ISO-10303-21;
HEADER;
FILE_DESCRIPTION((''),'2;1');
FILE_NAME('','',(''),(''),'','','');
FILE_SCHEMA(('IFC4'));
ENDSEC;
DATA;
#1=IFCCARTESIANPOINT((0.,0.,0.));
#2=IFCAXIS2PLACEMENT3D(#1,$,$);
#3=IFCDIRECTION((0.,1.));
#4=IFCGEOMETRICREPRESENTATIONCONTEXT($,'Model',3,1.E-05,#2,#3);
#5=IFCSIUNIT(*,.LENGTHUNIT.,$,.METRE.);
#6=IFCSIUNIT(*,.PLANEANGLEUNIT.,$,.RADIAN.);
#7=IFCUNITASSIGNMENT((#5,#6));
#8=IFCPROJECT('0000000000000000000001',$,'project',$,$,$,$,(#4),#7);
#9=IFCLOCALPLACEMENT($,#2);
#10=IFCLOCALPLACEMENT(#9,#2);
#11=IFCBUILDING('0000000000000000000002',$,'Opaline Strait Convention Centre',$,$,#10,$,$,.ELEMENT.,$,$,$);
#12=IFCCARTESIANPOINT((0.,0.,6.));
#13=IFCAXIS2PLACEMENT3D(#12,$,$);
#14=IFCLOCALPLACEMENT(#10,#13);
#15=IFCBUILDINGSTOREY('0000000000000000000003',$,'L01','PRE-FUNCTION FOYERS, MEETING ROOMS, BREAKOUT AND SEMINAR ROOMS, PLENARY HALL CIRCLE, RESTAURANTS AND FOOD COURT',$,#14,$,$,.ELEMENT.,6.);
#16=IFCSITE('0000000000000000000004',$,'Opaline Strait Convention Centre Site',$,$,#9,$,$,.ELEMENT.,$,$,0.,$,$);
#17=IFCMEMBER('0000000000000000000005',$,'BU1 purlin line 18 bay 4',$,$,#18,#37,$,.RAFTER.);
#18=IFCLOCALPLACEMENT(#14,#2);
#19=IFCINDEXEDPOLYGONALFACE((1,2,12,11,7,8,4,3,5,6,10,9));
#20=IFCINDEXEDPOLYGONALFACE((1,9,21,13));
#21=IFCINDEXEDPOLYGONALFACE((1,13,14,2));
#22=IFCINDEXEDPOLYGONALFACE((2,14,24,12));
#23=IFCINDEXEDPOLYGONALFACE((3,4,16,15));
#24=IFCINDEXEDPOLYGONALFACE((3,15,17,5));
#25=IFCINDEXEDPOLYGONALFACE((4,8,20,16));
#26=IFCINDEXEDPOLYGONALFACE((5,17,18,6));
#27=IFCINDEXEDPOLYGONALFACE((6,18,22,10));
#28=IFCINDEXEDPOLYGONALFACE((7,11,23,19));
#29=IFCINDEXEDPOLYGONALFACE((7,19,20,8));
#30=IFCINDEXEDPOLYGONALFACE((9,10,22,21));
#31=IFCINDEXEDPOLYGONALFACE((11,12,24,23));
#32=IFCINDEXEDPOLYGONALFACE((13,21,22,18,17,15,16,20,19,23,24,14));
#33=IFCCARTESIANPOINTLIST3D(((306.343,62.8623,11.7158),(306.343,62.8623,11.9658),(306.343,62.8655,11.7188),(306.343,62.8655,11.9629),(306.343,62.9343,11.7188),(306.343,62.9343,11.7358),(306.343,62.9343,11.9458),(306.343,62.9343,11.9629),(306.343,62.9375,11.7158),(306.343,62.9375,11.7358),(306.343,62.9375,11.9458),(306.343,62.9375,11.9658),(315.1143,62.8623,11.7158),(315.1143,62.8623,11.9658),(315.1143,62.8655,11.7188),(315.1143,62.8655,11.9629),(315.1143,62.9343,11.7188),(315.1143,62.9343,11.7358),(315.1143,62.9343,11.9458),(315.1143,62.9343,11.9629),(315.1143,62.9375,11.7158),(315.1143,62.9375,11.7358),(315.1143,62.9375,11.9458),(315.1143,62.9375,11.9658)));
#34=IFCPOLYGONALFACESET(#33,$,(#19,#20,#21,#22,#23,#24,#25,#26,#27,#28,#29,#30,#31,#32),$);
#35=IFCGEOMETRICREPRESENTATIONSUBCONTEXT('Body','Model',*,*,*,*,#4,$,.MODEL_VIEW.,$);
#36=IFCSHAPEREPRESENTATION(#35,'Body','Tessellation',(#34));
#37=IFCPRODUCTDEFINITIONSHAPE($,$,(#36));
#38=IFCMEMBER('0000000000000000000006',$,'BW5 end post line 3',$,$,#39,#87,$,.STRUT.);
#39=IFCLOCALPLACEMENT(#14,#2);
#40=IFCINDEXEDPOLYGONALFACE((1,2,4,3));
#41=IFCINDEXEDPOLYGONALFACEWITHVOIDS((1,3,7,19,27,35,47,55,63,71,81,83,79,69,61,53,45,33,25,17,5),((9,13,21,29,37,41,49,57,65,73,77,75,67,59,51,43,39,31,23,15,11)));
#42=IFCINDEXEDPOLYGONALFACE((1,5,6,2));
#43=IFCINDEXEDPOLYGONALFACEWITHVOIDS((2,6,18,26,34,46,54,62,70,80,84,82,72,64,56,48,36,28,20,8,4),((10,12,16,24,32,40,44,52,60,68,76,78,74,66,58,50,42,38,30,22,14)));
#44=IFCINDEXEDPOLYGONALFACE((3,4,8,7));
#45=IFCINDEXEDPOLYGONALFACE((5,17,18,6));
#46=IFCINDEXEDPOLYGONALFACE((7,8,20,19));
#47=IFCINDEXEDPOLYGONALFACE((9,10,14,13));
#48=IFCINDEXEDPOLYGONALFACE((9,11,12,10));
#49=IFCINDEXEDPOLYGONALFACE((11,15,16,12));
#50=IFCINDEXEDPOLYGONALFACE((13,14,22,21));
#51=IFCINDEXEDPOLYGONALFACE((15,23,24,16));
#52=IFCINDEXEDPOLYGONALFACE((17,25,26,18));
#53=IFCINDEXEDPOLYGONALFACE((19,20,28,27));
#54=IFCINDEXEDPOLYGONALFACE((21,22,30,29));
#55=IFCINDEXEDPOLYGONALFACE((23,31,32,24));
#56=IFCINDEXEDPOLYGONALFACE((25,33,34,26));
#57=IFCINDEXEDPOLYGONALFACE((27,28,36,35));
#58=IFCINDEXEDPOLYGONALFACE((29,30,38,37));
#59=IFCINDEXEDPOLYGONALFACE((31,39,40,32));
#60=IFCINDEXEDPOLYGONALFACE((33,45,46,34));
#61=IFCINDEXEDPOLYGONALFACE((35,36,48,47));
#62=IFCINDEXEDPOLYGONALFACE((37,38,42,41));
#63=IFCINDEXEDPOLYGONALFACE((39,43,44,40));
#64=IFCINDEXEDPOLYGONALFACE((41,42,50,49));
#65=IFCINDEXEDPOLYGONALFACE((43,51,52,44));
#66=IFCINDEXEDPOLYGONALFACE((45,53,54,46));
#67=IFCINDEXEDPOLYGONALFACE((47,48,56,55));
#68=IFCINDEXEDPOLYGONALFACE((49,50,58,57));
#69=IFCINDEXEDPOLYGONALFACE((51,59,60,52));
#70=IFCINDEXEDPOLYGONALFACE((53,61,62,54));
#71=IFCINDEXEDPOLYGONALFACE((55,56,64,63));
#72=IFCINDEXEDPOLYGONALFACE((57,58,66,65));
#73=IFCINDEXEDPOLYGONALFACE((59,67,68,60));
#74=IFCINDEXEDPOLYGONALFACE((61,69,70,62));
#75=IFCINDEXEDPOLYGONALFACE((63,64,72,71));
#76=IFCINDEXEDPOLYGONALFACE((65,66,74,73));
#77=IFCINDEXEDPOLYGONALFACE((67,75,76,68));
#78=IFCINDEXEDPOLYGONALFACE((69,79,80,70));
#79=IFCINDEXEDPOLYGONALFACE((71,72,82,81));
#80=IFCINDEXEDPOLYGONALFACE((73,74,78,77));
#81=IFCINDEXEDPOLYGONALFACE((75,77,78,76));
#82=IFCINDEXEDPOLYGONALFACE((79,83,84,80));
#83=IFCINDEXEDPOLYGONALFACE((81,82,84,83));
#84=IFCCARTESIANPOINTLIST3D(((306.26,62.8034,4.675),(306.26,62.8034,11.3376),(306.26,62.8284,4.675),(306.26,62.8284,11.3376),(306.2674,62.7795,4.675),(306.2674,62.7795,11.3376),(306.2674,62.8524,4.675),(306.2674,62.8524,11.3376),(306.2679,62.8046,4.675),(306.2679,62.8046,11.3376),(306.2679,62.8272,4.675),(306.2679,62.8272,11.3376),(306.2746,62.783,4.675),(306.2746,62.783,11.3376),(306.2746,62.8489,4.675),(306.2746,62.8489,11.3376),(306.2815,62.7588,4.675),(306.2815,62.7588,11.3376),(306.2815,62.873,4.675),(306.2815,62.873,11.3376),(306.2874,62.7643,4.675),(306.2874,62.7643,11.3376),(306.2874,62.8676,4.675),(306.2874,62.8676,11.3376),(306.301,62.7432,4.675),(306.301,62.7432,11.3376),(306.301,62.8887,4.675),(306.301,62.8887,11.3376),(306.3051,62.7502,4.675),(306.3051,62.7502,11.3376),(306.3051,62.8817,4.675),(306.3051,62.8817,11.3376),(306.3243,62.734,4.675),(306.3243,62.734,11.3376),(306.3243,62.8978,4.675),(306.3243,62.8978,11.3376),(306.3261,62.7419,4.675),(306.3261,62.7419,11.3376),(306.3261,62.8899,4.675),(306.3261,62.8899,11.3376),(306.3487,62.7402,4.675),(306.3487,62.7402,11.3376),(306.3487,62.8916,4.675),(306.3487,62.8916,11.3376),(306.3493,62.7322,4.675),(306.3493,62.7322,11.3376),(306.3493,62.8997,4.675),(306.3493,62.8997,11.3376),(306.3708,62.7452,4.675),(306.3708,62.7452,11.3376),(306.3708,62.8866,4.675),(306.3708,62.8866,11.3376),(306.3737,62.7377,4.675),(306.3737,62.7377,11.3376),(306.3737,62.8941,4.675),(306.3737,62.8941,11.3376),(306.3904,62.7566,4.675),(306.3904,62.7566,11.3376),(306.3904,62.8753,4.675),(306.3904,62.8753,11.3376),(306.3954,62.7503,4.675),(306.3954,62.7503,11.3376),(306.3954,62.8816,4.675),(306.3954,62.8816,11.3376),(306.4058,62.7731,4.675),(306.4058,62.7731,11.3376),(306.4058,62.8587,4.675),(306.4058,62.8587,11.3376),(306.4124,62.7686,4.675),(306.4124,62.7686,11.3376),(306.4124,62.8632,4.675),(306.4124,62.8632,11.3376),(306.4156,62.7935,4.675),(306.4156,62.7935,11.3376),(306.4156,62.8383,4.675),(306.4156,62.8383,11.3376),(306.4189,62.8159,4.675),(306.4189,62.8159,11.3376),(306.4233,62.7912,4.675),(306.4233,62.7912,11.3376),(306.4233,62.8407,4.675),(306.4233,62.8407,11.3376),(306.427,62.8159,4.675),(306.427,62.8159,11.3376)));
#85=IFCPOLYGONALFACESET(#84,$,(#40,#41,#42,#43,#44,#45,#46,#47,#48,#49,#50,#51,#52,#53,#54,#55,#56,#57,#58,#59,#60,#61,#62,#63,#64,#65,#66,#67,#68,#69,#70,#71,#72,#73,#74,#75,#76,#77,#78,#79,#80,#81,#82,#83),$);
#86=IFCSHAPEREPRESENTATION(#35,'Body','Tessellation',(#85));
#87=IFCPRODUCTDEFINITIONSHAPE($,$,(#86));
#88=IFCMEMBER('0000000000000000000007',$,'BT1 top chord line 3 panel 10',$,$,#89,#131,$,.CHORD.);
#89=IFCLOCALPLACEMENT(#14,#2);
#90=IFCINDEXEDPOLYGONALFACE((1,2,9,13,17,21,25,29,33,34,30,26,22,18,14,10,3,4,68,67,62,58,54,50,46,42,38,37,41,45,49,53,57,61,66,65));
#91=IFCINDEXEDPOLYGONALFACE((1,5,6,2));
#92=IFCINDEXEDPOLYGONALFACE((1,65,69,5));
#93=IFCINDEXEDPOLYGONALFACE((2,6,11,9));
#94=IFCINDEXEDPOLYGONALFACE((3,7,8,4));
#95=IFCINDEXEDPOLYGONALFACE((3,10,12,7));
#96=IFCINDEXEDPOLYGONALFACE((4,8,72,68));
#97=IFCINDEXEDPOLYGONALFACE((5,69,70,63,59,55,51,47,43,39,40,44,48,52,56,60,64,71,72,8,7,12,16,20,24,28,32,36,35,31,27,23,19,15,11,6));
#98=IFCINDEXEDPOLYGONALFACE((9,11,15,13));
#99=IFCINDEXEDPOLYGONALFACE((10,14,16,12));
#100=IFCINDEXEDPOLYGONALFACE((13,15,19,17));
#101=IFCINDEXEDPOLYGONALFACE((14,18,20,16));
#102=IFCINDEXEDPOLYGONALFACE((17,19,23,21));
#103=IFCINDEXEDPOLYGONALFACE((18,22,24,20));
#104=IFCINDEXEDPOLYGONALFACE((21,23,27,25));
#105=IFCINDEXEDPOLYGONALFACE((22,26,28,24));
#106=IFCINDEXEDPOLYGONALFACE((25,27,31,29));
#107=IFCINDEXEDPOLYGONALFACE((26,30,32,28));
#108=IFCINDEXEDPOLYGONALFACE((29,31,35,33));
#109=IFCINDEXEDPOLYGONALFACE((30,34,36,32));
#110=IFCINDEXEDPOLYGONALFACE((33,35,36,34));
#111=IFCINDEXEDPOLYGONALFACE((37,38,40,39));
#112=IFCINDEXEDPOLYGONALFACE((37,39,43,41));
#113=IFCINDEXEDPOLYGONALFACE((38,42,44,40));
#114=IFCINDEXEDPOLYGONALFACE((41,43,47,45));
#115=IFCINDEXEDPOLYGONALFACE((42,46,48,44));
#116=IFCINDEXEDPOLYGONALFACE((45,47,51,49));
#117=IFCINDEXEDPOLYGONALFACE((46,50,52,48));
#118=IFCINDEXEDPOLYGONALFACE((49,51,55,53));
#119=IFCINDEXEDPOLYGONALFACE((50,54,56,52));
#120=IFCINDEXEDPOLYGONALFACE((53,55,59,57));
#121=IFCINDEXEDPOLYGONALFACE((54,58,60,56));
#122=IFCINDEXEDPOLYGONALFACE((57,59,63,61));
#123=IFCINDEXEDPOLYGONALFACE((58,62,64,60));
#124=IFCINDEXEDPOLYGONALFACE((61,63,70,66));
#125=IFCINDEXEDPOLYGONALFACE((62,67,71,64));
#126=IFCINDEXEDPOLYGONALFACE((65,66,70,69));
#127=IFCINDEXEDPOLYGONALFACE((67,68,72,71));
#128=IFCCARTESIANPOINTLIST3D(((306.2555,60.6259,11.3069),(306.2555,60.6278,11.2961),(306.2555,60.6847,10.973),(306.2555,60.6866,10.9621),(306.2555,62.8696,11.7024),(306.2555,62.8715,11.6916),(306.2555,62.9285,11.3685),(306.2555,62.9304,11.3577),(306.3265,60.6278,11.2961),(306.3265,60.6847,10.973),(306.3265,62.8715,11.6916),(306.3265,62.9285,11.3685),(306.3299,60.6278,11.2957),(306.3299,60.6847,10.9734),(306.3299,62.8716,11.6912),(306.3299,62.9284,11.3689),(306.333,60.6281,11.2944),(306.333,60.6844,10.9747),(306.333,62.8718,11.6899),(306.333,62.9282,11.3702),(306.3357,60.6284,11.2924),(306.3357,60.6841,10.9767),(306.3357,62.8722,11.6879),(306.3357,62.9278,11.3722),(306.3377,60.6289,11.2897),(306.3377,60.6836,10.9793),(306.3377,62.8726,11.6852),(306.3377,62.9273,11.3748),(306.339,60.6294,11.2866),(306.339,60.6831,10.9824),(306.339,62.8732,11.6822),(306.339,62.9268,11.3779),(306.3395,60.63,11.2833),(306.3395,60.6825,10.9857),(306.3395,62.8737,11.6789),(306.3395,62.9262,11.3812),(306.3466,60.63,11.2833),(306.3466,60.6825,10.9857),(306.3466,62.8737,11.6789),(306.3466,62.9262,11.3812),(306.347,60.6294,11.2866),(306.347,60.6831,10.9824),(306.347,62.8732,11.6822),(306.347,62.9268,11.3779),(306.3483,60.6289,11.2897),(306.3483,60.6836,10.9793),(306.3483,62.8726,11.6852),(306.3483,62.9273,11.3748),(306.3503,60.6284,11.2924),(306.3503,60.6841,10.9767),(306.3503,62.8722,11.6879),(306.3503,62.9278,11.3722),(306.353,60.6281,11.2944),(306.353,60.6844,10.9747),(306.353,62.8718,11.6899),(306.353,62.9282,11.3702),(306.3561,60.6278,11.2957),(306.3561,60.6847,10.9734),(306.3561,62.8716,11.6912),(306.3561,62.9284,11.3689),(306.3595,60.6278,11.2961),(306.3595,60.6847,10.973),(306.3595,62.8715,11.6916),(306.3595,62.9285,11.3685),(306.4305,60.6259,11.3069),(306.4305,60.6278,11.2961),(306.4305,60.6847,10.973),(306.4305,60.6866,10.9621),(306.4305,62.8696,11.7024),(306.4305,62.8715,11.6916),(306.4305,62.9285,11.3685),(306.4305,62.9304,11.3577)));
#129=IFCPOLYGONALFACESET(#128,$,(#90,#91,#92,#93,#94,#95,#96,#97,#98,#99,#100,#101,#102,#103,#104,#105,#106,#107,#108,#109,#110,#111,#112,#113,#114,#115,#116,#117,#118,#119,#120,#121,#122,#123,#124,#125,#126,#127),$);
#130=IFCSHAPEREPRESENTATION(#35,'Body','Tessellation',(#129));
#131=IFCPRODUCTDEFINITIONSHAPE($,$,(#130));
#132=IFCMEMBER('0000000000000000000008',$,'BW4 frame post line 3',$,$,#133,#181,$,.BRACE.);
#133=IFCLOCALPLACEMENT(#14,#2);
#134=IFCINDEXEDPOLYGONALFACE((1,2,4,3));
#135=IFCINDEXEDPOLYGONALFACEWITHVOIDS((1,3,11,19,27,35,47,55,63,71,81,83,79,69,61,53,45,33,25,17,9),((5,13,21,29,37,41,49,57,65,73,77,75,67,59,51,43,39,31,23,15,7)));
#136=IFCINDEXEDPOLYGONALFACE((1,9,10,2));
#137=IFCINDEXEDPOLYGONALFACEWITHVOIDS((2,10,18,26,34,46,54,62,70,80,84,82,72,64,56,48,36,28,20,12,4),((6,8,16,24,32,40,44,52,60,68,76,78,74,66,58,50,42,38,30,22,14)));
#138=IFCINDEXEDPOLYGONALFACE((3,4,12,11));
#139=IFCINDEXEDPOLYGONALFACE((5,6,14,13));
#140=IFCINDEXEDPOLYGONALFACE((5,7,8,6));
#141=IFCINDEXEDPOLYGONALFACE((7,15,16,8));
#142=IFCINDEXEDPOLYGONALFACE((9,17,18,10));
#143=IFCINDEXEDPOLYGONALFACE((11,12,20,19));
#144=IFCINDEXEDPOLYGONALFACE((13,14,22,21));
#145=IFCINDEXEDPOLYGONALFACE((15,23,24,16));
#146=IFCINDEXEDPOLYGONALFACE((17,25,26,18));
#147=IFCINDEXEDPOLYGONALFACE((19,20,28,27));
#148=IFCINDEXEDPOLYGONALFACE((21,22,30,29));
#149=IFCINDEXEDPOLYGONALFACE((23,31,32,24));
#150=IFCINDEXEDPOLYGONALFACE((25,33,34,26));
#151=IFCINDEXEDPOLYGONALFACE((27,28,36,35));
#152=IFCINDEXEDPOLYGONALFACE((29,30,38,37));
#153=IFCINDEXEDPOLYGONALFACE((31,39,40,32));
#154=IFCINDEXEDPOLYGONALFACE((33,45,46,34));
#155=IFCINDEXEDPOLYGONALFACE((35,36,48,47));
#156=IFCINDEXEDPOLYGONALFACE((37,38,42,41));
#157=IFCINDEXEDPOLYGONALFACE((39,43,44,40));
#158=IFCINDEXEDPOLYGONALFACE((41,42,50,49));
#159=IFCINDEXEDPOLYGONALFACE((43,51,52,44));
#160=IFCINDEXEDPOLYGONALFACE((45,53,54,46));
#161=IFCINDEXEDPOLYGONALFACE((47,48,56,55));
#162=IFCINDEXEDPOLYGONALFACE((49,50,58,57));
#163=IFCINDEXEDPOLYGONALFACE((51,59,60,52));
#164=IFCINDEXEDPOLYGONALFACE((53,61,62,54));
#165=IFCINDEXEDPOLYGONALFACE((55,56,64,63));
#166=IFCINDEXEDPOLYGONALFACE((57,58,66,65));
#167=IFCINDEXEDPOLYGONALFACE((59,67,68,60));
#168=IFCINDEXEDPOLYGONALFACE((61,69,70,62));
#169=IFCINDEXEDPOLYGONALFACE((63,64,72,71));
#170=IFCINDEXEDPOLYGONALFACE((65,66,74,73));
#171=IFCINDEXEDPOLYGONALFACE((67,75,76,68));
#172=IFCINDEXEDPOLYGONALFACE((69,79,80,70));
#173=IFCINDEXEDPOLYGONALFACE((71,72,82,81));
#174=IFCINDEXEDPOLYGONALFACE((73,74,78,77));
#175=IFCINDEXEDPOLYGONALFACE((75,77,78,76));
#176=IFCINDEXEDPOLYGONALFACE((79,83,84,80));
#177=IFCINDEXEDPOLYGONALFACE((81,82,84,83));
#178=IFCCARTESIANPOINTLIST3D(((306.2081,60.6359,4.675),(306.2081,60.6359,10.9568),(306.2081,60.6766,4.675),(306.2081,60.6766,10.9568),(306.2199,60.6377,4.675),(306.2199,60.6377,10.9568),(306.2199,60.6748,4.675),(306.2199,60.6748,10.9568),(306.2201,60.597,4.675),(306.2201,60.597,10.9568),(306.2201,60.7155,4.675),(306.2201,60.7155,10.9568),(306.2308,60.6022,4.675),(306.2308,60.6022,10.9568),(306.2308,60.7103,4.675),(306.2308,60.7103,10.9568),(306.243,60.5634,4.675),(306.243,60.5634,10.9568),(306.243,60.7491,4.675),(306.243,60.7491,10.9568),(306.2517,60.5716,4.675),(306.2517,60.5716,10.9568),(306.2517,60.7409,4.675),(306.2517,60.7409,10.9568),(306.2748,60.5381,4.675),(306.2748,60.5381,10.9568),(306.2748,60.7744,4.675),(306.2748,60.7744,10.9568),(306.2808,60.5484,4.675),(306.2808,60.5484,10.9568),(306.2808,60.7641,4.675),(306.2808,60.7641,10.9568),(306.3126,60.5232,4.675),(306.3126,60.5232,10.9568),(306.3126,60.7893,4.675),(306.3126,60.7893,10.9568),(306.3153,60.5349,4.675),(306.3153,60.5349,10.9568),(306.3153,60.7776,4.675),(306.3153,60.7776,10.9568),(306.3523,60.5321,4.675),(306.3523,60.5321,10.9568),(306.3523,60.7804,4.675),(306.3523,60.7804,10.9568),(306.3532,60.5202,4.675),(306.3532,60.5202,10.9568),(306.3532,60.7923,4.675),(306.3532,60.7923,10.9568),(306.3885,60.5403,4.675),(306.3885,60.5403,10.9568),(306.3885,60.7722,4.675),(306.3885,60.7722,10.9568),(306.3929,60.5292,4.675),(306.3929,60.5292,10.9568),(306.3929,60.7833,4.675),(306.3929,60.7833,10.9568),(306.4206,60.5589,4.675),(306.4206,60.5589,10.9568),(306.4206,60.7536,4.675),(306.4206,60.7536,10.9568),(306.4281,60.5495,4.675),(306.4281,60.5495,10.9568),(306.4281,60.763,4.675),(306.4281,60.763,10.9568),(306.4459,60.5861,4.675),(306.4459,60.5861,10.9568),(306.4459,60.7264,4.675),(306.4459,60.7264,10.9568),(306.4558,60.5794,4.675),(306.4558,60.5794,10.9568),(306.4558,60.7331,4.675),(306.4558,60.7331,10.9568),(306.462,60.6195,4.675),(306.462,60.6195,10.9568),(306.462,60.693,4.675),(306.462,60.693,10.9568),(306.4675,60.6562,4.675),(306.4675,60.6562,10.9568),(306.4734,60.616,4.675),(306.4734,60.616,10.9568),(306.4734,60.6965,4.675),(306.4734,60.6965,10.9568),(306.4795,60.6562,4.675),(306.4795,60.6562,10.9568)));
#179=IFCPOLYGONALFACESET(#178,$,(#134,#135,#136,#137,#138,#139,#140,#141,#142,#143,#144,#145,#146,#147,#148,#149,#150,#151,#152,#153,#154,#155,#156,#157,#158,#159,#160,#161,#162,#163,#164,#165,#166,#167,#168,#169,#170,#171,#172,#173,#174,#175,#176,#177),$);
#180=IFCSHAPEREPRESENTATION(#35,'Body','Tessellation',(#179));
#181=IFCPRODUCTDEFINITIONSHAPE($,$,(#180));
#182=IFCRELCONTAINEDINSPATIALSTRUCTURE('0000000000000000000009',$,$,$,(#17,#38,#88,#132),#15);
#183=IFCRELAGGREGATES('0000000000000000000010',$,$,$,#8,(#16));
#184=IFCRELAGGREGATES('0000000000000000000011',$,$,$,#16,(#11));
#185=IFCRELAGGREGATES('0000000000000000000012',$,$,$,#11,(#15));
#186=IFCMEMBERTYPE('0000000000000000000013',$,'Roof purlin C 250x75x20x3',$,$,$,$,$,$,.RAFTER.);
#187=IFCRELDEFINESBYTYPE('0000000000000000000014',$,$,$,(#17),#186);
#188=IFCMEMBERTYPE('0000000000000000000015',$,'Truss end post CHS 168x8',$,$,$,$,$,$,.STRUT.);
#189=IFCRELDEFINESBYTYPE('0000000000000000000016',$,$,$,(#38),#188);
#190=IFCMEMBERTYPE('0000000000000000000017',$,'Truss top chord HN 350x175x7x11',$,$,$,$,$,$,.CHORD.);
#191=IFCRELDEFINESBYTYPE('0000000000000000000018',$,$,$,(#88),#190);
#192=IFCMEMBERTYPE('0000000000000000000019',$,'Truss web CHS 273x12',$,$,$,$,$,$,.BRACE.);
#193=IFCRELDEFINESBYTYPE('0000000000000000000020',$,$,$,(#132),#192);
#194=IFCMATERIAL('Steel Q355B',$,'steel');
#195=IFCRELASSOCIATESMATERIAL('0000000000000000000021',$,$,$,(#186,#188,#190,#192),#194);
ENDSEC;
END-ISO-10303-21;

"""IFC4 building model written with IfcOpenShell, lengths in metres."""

from ifc_helpers import new_model, si_unit, direction, frame, origin, origin_2d, place, context, subcontext, project, spatial, polyline, hollow_circle, i_section, outline, extrude, material, material_profile, profile_set, type_object, element, save


model = new_model("IFC4")

# Units and contexts
model_context = context("Model", 3, precision=1e-05, world=origin(), true_north=direction((0.0, 1.0)))
body_context = subcontext(model_context, "Body", "Model", "MODEL_VIEW")
ifc_project = project(units=[si_unit("LENGTHUNIT", "METRE"), si_unit("PLANEANGLEUNIT", "RADIAN")], contexts=[model_context])

# Site, building, storey
site_placement = place(None, origin())
site = spatial("IfcSite", under=ifc_project, at=site_placement, Name="Opaline Strait Convention Centre Site", CompositionType="ELEMENT", RefElevation=0.0)
building_placement = place(site_placement, origin())
building = spatial("IfcBuilding", under=site, at=building_placement, Name="Opaline Strait Convention Centre", CompositionType="ELEMENT")
storey_placement = place(building_placement, frame((0.0, 0.0, 6.0)))
storey = spatial("IfcBuildingStorey", under=building, at=storey_placement, Name="L01", Description="PRE-FUNCTION FOYERS, MEETING ROOMS, BREAKOUT AND SEMINAR ROOMS, PLENARY HALL CIRCLE, RESTAURANTS AND FOOD COURT", CompositionType="ELEMENT", Elevation=6.0)

# Members
ifc_material_1 = material(Name="Steel Q355B", Category="steel")
ifc_material_profile_1 = material_profile(ifc_material_1, outline(polyline([(-0.0376, -0.125), (0.0376, -0.125), (0.0376, -0.105), (0.0344, -0.105), (0.0344, -0.1221), (-0.0344, -0.1221), (-0.0344, 0.1221), (0.0344, 0.1221), (0.0344, 0.105), (0.0376, 0.105), (0.0376, 0.125), (-0.0376, 0.125), (-0.0376, -0.125)])), Name="C 250x75x20x3")
ifc_profile_set_1 = profile_set([ifc_material_profile_1], Name="Steel Q355B")
member_type_1 = type_object("IfcMemberType", Name="Roof purlin C 250x75x20x3", PredefinedType="RAFTER", material=ifc_profile_set_1)
for number, where, z_axis, x_axis, name in (
    (1, (306.343, 62.8999, 11.8408), (1.0, 0.0, 0.0), (0.0, 1.0, 0.0), "BU1 purlin line 18 bay 4"),
):
    element("IfcMember", number, at=place(storey_placement, frame(where, z_axis=z_axis, x_axis=x_axis)), inside=storey, type_object=member_type_1, Name=name, PredefinedType="RAFTER", context=body_context, shape_type="SweptSolid", body=[
        extrude(outline(polyline([(-0.0376, -0.125), (0.0376, -0.125), (0.0376, -0.105), (0.0344, -0.105), (0.0344, -0.1221), (-0.0344, -0.1221), (-0.0344, 0.1221), (0.0344, 0.1221), (0.0344, 0.105), (0.0376, 0.105), (0.0376, 0.125), (-0.0376, 0.125), (-0.0376, -0.125)])), origin(), (0.0, 0.0, 1.0), 8.7712),
    ])
ifc_material_profile_2 = material_profile(ifc_material_1, hollow_circle(Radius=0.084, WallThickness=0.0081, at=origin_2d()), Name="CHS 168x8")
ifc_profile_set_2 = profile_set([ifc_material_profile_2], Name="Steel Q355B")
member_type_2 = type_object("IfcMemberType", Name="Truss end post CHS 168x8", PredefinedType="STRUT", material=ifc_profile_set_2)
member_1_placement = place(storey_placement, frame((306.343, 62.8159, 4.675), z_axis=(0.0, 0.0, 1.0), x_axis=(1.0, 0.0, 0.0)))
element("IfcMember", 2, at=member_1_placement, inside=storey, type_object=member_type_2, Name="BW5 end post line 3", PredefinedType="STRUT", context=body_context, shape_type="SweptSolid", body=[
    extrude(hollow_circle(Radius=0.084, WallThickness=0.0081, at=origin_2d()), origin(), (0.0, 0.0, 1.0), 6.6626),
])
ifc_material_profile_3 = material_profile(ifc_material_1, i_section(OverallWidth=0.175, OverallDepth=0.3501, WebThickness=0.0071, FlangeThickness=0.011, FilletRadius=0.0129, at=origin_2d()), Name="HN 350x175x7x11")
ifc_profile_set_3 = profile_set([ifc_material_profile_3], Name="Steel Q355B")
member_type_3 = type_object("IfcMemberType", Name="Truss top chord HN 350x175x7x11", PredefinedType="CHORD", material=ifc_profile_set_3)
member_2_placement = place(storey_placement, frame((306.343, 60.6562, 11.1345), z_axis=(0.0, 0.984816, 0.173602), x_axis=(-1.0, 0.0, 0.0)))
element("IfcMember", 3, at=member_2_placement, inside=storey, type_object=member_type_3, Name="BT1 top chord line 3 panel 10", PredefinedType="CHORD", context=body_context, shape_type="SweptSolid", body=[
    extrude(i_section(OverallWidth=0.175, OverallDepth=0.3501, WebThickness=0.0071, FlangeThickness=0.011, FilletRadius=0.0129, at=origin_2d()), origin(), (0.0, 0.0, 1.0), 2.2783),
])
ifc_material_profile_4 = material_profile(ifc_material_1, hollow_circle(Radius=0.1365, WallThickness=0.012, at=origin_2d()), Name="CHS 273x12")
ifc_profile_set_4 = profile_set([ifc_material_profile_4], Name="Steel Q355B")
member_type_4 = type_object("IfcMemberType", Name="Truss web CHS 273x12", PredefinedType="BRACE", material=ifc_profile_set_4)
member_3_placement = place(storey_placement, frame((306.343, 60.6562, 4.675), z_axis=(0.0, 0.0, 1.0), x_axis=(1.0, 0.0, 0.0)))
element("IfcMember", 4, at=member_3_placement, inside=storey, type_object=member_type_4, Name="BW4 frame post line 3", PredefinedType="BRACE", context=body_context, shape_type="SweptSolid", body=[
    extrude(hollow_circle(Radius=0.1365, WallThickness=0.012, at=origin_2d()), origin(), (0.0, 0.0, 1.0), 6.2817),
])

save(model, "model.ifc")
